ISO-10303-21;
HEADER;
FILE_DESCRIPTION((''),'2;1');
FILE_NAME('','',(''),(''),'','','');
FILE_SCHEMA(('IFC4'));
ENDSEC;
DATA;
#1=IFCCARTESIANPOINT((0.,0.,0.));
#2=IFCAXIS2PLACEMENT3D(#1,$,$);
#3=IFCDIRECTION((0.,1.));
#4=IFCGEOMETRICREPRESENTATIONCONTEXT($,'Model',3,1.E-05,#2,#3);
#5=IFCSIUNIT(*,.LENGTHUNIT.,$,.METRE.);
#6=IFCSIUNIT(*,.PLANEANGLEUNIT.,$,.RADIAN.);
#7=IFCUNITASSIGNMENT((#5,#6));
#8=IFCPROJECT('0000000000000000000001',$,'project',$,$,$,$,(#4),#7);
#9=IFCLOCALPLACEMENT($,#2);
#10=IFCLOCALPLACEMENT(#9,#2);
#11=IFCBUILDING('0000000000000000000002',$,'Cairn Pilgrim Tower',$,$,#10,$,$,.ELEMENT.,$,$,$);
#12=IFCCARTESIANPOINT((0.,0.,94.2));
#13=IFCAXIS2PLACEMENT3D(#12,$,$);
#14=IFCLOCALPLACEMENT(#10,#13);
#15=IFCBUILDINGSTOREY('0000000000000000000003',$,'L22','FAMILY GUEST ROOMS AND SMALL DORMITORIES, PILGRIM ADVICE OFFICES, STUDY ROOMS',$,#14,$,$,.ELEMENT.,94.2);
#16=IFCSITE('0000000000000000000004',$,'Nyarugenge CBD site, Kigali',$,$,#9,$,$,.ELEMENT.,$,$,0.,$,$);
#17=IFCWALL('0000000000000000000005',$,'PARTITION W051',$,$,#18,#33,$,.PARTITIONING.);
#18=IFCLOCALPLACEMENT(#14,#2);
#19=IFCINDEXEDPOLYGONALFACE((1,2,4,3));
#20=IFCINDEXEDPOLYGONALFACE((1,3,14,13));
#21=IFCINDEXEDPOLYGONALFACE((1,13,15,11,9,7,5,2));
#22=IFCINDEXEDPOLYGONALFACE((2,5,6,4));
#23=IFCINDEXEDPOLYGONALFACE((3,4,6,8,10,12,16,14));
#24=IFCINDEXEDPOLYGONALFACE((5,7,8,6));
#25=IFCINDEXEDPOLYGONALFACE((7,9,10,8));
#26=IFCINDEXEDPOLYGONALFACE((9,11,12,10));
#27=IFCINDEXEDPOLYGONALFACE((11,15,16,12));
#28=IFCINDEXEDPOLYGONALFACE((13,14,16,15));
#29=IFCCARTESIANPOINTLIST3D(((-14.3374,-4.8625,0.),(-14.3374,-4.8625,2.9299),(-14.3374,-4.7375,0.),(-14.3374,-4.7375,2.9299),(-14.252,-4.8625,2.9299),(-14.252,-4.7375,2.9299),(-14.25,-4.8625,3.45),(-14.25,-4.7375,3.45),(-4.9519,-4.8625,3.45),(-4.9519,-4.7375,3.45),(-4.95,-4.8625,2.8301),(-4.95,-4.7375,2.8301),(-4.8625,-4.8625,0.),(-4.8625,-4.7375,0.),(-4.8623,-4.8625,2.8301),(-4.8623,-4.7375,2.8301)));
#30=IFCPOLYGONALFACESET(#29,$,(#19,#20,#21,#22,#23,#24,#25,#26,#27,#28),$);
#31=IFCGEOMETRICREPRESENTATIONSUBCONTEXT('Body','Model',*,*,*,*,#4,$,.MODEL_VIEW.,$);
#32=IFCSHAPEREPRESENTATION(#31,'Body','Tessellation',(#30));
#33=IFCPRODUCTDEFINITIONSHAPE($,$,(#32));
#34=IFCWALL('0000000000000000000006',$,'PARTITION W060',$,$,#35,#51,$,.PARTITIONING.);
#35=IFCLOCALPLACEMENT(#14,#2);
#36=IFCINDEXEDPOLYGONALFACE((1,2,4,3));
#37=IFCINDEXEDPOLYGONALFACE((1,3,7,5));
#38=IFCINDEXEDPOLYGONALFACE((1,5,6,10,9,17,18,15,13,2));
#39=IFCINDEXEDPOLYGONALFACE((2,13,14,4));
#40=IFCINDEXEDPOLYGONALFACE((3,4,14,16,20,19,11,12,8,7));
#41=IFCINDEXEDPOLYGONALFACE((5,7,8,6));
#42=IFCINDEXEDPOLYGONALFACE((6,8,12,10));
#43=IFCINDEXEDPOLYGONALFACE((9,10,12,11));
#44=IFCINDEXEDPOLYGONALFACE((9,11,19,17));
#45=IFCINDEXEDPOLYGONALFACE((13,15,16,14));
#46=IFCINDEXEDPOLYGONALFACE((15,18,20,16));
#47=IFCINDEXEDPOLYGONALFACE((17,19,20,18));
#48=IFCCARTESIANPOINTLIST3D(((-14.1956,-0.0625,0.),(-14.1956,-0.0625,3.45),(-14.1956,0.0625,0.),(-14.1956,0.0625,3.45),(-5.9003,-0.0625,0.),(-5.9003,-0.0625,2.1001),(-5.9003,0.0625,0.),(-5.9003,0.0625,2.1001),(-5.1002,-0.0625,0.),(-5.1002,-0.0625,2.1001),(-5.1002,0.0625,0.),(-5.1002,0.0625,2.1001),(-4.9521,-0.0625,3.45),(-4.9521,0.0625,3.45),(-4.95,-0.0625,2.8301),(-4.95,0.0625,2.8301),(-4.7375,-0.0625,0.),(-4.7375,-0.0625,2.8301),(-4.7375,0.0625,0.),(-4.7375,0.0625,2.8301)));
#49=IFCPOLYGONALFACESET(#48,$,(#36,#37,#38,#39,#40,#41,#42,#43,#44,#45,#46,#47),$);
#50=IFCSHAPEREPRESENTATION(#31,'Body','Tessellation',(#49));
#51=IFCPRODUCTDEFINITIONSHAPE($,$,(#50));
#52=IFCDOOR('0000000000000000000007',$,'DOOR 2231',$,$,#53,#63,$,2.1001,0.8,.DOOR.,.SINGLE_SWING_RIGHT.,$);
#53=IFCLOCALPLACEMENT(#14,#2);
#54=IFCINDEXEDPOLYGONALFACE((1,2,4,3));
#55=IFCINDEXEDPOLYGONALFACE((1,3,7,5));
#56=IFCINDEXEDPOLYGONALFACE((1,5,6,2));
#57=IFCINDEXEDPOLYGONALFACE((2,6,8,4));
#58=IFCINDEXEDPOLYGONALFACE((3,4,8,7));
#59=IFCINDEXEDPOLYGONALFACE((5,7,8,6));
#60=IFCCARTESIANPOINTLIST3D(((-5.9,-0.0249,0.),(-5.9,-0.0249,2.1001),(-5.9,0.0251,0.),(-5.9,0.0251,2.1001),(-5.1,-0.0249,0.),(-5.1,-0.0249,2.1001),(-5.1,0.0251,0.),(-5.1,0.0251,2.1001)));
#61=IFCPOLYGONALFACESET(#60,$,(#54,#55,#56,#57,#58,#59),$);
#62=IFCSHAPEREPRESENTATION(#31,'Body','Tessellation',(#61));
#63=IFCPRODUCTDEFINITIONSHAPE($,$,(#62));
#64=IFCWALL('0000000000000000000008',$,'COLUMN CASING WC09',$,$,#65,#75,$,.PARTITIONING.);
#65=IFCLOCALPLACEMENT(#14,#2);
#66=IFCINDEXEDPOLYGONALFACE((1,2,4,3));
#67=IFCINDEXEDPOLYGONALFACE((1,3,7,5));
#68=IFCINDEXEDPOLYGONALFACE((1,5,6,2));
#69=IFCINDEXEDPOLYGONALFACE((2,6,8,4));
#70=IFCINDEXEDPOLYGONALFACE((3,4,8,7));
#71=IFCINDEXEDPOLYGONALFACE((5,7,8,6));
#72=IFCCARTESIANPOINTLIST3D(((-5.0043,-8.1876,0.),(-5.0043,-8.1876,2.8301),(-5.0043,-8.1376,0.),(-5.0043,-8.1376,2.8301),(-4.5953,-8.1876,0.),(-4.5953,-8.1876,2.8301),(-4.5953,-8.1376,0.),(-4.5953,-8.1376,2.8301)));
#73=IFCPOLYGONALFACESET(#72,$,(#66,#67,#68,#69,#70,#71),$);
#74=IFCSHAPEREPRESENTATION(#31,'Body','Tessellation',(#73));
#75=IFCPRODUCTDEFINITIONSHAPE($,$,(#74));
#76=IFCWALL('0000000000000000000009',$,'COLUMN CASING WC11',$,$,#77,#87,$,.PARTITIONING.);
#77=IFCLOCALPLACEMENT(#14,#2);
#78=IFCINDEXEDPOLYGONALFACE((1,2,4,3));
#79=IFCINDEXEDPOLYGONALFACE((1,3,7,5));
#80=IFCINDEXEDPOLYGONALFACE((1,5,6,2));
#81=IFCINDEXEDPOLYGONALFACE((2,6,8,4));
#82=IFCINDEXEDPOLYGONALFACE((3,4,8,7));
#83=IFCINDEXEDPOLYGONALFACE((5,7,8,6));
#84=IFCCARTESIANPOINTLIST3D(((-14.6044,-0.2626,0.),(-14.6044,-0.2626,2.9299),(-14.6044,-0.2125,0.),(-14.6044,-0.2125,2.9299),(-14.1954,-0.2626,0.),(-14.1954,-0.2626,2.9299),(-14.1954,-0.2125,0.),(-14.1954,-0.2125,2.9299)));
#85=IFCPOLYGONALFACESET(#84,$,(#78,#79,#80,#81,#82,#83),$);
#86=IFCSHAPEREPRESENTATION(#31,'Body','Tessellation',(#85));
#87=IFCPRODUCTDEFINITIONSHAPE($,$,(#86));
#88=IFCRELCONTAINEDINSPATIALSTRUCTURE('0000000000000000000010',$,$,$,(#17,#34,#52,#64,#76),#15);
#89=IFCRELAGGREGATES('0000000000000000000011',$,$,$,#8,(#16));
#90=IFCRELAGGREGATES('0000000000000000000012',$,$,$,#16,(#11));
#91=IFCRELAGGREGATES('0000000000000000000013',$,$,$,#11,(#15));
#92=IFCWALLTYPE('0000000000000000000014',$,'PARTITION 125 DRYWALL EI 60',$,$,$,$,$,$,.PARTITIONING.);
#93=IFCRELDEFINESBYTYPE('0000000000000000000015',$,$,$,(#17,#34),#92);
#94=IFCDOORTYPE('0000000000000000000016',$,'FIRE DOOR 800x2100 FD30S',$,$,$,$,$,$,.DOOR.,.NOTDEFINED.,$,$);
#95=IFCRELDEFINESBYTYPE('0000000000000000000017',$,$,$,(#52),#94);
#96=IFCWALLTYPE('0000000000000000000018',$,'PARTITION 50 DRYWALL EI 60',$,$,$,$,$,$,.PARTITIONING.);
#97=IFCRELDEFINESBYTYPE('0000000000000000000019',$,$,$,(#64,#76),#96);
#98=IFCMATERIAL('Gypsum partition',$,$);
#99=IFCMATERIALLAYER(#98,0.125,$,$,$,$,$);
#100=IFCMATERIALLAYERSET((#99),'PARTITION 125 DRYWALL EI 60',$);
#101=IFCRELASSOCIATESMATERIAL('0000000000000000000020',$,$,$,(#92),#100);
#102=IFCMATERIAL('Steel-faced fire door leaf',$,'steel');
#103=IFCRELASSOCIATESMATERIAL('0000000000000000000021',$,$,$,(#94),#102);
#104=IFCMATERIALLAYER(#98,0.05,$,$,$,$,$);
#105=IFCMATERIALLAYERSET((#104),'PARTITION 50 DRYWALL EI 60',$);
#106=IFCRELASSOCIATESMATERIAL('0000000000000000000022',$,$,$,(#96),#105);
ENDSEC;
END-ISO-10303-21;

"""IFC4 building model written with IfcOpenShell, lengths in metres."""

from ifc_helpers import new_model, si_unit, direction, frame, frame_2d, origin, place, context, subcontext, project, spatial, polyline, rectangle, outline, extrude, material, layer, layer_set, type_object, element, fill, save


model = new_model("IFC4")

# Units and contexts
model_context = context("Model", 3, precision=1e-05, world=origin(), true_north=direction((0.0, 1.0)))
body_context = subcontext(model_context, "Body", "Model", "MODEL_VIEW")
ifc_project = project(units=[si_unit("LENGTHUNIT", "METRE"), si_unit("PLANEANGLEUNIT", "RADIAN")], contexts=[model_context])

# Site, building, storey
site_placement = place(None, origin())
site = spatial("IfcSite", under=ifc_project, at=site_placement, Name="Nyarugenge CBD site, Kigali", CompositionType="ELEMENT", RefElevation=0.0)
building_placement = place(site_placement, origin())
building = spatial("IfcBuilding", under=site, at=building_placement, Name="Cairn Pilgrim Tower", CompositionType="ELEMENT")
storey_placement = place(building_placement, frame((0.0, 0.0, 94.2)))
storey = spatial("IfcBuildingStorey", under=building, at=storey_placement, Name="L22", Description="FAMILY GUEST ROOMS AND SMALL DORMITORIES, PILGRIM ADVICE OFFICES, STUDY ROOMS", CompositionType="ELEMENT", Elevation=94.2)

# Wall
ifc_material_1 = material(Name="Gypsum partition")
ifc_layer_1 = layer(ifc_material_1, 0.125)
ifc_layer_set_1 = layer_set([ifc_layer_1], Name="PARTITION 125 DRYWALL EI 60")
wall_type_1 = type_object("IfcWallType", Name="PARTITION 125 DRYWALL EI 60", PredefinedType="PARTITIONING", material=ifc_layer_set_1)
wall_1_placement = place(storey_placement, frame((-14.3374, -4.8, 0.0), z_axis=(0.0, 0.0, 1.0), x_axis=(1.0, 0.0, 0.0)))
element("IfcWall", 1, at=wall_1_placement, inside=storey, type_object=wall_type_1, Name="PARTITION W051", PredefinedType="PARTITIONING", context=body_context, shape_type="SweptSolid", body=[
    extrude(outline(polyline([(0.0, 0.0), (9.4749, 0.0), (9.4751, 2.8301), (9.3875, 2.8301), (9.3855, 3.45), (0.0874, 3.45), (0.0854, 2.9299), (0.0, 2.9299), (0.0, 0.0)])), frame((0.0, 0.0625, 0.0), z_axis=(0.0, -1.0, 0.0), x_axis=(1.0, 0.0, 0.0)), (0.0, 0.0, 1.0), 0.125),
])

# Wall, opening, door
wall_2_placement = place(storey_placement, frame((-14.1956, 0.0, 0.0), z_axis=(0.0, 0.0, 1.0), x_axis=(1.0, 0.0, 0.0)))
wall_2 = element("IfcWall", 2, at=wall_2_placement, inside=storey, type_object=wall_type_1, Name="PARTITION W060", PredefinedType="PARTITIONING", context=body_context, shape_type="SweptSolid", body=[
    extrude(outline(polyline([(0.0, 0.0), (9.458, 0.0), (9.458, 2.8301), (9.2456, 2.8301), (9.2434, 3.45), (0.0, 3.45), (0.0, 0.0)])), frame((0.0, 0.0625, 0.0), z_axis=(0.0, -1.0, 0.0), x_axis=(1.0, 0.0, 0.0)), (0.0, 0.0, 1.0), 0.125),
])
opening_placement = place(wall_2_placement, frame((8.2954, 0.0, 0.0)))
opening = element("IfcOpeningElement", 3, at=opening_placement, cuts=wall_2, PredefinedType="OPENING", context=body_context, shape_type="SweptSolid", body=[
    extrude(rectangle(XDim=0.8, YDim=2.1001, at=frame_2d((0.3999, 1.05))), frame((0.0, 0.0725, 0.0), z_axis=(0.0, -1.0, 0.0), x_axis=(1.0, 0.0, 0.0)), (0.0, 0.0, 1.0), 0.145),
])
ifc_material_2 = material(Name="Steel-faced fire door leaf", Category="steel")
door_type = type_object("IfcDoorType", Name="FIRE DOOR 800x2100 FD30S", OperationType="NOTDEFINED", PredefinedType="DOOR", material=ifc_material_2)
door_placement = place(opening_placement, frame((0.8, 0.0, 0.0), z_axis=(0.0, 0.0, 1.0), x_axis=(-1.0, 0.0, 0.0)))
door = element("IfcDoor", 4, at=door_placement, inside=storey, type_object=door_type, Name="DOOR 2231", OperationType="SINGLE_SWING_RIGHT", OverallHeight=2.1001, OverallWidth=0.8, PredefinedType="DOOR", context=body_context, shape_type="SweptSolid", body=[
    extrude(rectangle(XDim=0.8, YDim=2.1001, at=frame_2d((0.3999, 1.05))), frame((0.0, 0.0249, 0.0), z_axis=(0.0, -1.0, 0.0), x_axis=(1.0, 0.0, 0.0)), (0.0, 0.0, 1.0), 0.05),
])
fill(opening, door)

# Walls
ifc_layer_2 = layer(ifc_material_1, 0.05)
ifc_layer_set_2 = layer_set([ifc_layer_2], Name="PARTITION 50 DRYWALL EI 60")
wall_type_2 = type_object("IfcWallType", Name="PARTITION 50 DRYWALL EI 60", PredefinedType="PARTITIONING", material=ifc_layer_set_2)
wall_3_placement = place(storey_placement, frame((-5.0044, -8.1626, 0.0), z_axis=(0.0, 0.0, 1.0), x_axis=(1.0, 0.0, 0.0)))
element("IfcWall", 5, at=wall_3_placement, inside=storey, type_object=wall_type_2, Name="COLUMN CASING WC09", PredefinedType="PARTITIONING", context=body_context, shape_type="SweptSolid", body=[
    extrude(rectangle(XDim=0.4089, YDim=0.05, at=frame_2d((0.2046, 0.0))), origin(), (0.0, 0.0, 1.0), 2.8301),
])
wall_4_placement = place(storey_placement, frame((-14.6045, -0.2375, 0.0), z_axis=(0.0, 0.0, 1.0), x_axis=(1.0, 0.0, 0.0)))
element("IfcWall", 6, at=wall_4_placement, inside=storey, type_object=wall_type_2, Name="COLUMN CASING WC11", PredefinedType="PARTITIONING", context=body_context, shape_type="SweptSolid", body=[
    extrude(rectangle(XDim=0.4089, YDim=0.05, at=frame_2d((0.2046, 0.0))), origin(), (0.0, 0.0, 1.0), 2.9299),
])

save(model, "model.ifc")
